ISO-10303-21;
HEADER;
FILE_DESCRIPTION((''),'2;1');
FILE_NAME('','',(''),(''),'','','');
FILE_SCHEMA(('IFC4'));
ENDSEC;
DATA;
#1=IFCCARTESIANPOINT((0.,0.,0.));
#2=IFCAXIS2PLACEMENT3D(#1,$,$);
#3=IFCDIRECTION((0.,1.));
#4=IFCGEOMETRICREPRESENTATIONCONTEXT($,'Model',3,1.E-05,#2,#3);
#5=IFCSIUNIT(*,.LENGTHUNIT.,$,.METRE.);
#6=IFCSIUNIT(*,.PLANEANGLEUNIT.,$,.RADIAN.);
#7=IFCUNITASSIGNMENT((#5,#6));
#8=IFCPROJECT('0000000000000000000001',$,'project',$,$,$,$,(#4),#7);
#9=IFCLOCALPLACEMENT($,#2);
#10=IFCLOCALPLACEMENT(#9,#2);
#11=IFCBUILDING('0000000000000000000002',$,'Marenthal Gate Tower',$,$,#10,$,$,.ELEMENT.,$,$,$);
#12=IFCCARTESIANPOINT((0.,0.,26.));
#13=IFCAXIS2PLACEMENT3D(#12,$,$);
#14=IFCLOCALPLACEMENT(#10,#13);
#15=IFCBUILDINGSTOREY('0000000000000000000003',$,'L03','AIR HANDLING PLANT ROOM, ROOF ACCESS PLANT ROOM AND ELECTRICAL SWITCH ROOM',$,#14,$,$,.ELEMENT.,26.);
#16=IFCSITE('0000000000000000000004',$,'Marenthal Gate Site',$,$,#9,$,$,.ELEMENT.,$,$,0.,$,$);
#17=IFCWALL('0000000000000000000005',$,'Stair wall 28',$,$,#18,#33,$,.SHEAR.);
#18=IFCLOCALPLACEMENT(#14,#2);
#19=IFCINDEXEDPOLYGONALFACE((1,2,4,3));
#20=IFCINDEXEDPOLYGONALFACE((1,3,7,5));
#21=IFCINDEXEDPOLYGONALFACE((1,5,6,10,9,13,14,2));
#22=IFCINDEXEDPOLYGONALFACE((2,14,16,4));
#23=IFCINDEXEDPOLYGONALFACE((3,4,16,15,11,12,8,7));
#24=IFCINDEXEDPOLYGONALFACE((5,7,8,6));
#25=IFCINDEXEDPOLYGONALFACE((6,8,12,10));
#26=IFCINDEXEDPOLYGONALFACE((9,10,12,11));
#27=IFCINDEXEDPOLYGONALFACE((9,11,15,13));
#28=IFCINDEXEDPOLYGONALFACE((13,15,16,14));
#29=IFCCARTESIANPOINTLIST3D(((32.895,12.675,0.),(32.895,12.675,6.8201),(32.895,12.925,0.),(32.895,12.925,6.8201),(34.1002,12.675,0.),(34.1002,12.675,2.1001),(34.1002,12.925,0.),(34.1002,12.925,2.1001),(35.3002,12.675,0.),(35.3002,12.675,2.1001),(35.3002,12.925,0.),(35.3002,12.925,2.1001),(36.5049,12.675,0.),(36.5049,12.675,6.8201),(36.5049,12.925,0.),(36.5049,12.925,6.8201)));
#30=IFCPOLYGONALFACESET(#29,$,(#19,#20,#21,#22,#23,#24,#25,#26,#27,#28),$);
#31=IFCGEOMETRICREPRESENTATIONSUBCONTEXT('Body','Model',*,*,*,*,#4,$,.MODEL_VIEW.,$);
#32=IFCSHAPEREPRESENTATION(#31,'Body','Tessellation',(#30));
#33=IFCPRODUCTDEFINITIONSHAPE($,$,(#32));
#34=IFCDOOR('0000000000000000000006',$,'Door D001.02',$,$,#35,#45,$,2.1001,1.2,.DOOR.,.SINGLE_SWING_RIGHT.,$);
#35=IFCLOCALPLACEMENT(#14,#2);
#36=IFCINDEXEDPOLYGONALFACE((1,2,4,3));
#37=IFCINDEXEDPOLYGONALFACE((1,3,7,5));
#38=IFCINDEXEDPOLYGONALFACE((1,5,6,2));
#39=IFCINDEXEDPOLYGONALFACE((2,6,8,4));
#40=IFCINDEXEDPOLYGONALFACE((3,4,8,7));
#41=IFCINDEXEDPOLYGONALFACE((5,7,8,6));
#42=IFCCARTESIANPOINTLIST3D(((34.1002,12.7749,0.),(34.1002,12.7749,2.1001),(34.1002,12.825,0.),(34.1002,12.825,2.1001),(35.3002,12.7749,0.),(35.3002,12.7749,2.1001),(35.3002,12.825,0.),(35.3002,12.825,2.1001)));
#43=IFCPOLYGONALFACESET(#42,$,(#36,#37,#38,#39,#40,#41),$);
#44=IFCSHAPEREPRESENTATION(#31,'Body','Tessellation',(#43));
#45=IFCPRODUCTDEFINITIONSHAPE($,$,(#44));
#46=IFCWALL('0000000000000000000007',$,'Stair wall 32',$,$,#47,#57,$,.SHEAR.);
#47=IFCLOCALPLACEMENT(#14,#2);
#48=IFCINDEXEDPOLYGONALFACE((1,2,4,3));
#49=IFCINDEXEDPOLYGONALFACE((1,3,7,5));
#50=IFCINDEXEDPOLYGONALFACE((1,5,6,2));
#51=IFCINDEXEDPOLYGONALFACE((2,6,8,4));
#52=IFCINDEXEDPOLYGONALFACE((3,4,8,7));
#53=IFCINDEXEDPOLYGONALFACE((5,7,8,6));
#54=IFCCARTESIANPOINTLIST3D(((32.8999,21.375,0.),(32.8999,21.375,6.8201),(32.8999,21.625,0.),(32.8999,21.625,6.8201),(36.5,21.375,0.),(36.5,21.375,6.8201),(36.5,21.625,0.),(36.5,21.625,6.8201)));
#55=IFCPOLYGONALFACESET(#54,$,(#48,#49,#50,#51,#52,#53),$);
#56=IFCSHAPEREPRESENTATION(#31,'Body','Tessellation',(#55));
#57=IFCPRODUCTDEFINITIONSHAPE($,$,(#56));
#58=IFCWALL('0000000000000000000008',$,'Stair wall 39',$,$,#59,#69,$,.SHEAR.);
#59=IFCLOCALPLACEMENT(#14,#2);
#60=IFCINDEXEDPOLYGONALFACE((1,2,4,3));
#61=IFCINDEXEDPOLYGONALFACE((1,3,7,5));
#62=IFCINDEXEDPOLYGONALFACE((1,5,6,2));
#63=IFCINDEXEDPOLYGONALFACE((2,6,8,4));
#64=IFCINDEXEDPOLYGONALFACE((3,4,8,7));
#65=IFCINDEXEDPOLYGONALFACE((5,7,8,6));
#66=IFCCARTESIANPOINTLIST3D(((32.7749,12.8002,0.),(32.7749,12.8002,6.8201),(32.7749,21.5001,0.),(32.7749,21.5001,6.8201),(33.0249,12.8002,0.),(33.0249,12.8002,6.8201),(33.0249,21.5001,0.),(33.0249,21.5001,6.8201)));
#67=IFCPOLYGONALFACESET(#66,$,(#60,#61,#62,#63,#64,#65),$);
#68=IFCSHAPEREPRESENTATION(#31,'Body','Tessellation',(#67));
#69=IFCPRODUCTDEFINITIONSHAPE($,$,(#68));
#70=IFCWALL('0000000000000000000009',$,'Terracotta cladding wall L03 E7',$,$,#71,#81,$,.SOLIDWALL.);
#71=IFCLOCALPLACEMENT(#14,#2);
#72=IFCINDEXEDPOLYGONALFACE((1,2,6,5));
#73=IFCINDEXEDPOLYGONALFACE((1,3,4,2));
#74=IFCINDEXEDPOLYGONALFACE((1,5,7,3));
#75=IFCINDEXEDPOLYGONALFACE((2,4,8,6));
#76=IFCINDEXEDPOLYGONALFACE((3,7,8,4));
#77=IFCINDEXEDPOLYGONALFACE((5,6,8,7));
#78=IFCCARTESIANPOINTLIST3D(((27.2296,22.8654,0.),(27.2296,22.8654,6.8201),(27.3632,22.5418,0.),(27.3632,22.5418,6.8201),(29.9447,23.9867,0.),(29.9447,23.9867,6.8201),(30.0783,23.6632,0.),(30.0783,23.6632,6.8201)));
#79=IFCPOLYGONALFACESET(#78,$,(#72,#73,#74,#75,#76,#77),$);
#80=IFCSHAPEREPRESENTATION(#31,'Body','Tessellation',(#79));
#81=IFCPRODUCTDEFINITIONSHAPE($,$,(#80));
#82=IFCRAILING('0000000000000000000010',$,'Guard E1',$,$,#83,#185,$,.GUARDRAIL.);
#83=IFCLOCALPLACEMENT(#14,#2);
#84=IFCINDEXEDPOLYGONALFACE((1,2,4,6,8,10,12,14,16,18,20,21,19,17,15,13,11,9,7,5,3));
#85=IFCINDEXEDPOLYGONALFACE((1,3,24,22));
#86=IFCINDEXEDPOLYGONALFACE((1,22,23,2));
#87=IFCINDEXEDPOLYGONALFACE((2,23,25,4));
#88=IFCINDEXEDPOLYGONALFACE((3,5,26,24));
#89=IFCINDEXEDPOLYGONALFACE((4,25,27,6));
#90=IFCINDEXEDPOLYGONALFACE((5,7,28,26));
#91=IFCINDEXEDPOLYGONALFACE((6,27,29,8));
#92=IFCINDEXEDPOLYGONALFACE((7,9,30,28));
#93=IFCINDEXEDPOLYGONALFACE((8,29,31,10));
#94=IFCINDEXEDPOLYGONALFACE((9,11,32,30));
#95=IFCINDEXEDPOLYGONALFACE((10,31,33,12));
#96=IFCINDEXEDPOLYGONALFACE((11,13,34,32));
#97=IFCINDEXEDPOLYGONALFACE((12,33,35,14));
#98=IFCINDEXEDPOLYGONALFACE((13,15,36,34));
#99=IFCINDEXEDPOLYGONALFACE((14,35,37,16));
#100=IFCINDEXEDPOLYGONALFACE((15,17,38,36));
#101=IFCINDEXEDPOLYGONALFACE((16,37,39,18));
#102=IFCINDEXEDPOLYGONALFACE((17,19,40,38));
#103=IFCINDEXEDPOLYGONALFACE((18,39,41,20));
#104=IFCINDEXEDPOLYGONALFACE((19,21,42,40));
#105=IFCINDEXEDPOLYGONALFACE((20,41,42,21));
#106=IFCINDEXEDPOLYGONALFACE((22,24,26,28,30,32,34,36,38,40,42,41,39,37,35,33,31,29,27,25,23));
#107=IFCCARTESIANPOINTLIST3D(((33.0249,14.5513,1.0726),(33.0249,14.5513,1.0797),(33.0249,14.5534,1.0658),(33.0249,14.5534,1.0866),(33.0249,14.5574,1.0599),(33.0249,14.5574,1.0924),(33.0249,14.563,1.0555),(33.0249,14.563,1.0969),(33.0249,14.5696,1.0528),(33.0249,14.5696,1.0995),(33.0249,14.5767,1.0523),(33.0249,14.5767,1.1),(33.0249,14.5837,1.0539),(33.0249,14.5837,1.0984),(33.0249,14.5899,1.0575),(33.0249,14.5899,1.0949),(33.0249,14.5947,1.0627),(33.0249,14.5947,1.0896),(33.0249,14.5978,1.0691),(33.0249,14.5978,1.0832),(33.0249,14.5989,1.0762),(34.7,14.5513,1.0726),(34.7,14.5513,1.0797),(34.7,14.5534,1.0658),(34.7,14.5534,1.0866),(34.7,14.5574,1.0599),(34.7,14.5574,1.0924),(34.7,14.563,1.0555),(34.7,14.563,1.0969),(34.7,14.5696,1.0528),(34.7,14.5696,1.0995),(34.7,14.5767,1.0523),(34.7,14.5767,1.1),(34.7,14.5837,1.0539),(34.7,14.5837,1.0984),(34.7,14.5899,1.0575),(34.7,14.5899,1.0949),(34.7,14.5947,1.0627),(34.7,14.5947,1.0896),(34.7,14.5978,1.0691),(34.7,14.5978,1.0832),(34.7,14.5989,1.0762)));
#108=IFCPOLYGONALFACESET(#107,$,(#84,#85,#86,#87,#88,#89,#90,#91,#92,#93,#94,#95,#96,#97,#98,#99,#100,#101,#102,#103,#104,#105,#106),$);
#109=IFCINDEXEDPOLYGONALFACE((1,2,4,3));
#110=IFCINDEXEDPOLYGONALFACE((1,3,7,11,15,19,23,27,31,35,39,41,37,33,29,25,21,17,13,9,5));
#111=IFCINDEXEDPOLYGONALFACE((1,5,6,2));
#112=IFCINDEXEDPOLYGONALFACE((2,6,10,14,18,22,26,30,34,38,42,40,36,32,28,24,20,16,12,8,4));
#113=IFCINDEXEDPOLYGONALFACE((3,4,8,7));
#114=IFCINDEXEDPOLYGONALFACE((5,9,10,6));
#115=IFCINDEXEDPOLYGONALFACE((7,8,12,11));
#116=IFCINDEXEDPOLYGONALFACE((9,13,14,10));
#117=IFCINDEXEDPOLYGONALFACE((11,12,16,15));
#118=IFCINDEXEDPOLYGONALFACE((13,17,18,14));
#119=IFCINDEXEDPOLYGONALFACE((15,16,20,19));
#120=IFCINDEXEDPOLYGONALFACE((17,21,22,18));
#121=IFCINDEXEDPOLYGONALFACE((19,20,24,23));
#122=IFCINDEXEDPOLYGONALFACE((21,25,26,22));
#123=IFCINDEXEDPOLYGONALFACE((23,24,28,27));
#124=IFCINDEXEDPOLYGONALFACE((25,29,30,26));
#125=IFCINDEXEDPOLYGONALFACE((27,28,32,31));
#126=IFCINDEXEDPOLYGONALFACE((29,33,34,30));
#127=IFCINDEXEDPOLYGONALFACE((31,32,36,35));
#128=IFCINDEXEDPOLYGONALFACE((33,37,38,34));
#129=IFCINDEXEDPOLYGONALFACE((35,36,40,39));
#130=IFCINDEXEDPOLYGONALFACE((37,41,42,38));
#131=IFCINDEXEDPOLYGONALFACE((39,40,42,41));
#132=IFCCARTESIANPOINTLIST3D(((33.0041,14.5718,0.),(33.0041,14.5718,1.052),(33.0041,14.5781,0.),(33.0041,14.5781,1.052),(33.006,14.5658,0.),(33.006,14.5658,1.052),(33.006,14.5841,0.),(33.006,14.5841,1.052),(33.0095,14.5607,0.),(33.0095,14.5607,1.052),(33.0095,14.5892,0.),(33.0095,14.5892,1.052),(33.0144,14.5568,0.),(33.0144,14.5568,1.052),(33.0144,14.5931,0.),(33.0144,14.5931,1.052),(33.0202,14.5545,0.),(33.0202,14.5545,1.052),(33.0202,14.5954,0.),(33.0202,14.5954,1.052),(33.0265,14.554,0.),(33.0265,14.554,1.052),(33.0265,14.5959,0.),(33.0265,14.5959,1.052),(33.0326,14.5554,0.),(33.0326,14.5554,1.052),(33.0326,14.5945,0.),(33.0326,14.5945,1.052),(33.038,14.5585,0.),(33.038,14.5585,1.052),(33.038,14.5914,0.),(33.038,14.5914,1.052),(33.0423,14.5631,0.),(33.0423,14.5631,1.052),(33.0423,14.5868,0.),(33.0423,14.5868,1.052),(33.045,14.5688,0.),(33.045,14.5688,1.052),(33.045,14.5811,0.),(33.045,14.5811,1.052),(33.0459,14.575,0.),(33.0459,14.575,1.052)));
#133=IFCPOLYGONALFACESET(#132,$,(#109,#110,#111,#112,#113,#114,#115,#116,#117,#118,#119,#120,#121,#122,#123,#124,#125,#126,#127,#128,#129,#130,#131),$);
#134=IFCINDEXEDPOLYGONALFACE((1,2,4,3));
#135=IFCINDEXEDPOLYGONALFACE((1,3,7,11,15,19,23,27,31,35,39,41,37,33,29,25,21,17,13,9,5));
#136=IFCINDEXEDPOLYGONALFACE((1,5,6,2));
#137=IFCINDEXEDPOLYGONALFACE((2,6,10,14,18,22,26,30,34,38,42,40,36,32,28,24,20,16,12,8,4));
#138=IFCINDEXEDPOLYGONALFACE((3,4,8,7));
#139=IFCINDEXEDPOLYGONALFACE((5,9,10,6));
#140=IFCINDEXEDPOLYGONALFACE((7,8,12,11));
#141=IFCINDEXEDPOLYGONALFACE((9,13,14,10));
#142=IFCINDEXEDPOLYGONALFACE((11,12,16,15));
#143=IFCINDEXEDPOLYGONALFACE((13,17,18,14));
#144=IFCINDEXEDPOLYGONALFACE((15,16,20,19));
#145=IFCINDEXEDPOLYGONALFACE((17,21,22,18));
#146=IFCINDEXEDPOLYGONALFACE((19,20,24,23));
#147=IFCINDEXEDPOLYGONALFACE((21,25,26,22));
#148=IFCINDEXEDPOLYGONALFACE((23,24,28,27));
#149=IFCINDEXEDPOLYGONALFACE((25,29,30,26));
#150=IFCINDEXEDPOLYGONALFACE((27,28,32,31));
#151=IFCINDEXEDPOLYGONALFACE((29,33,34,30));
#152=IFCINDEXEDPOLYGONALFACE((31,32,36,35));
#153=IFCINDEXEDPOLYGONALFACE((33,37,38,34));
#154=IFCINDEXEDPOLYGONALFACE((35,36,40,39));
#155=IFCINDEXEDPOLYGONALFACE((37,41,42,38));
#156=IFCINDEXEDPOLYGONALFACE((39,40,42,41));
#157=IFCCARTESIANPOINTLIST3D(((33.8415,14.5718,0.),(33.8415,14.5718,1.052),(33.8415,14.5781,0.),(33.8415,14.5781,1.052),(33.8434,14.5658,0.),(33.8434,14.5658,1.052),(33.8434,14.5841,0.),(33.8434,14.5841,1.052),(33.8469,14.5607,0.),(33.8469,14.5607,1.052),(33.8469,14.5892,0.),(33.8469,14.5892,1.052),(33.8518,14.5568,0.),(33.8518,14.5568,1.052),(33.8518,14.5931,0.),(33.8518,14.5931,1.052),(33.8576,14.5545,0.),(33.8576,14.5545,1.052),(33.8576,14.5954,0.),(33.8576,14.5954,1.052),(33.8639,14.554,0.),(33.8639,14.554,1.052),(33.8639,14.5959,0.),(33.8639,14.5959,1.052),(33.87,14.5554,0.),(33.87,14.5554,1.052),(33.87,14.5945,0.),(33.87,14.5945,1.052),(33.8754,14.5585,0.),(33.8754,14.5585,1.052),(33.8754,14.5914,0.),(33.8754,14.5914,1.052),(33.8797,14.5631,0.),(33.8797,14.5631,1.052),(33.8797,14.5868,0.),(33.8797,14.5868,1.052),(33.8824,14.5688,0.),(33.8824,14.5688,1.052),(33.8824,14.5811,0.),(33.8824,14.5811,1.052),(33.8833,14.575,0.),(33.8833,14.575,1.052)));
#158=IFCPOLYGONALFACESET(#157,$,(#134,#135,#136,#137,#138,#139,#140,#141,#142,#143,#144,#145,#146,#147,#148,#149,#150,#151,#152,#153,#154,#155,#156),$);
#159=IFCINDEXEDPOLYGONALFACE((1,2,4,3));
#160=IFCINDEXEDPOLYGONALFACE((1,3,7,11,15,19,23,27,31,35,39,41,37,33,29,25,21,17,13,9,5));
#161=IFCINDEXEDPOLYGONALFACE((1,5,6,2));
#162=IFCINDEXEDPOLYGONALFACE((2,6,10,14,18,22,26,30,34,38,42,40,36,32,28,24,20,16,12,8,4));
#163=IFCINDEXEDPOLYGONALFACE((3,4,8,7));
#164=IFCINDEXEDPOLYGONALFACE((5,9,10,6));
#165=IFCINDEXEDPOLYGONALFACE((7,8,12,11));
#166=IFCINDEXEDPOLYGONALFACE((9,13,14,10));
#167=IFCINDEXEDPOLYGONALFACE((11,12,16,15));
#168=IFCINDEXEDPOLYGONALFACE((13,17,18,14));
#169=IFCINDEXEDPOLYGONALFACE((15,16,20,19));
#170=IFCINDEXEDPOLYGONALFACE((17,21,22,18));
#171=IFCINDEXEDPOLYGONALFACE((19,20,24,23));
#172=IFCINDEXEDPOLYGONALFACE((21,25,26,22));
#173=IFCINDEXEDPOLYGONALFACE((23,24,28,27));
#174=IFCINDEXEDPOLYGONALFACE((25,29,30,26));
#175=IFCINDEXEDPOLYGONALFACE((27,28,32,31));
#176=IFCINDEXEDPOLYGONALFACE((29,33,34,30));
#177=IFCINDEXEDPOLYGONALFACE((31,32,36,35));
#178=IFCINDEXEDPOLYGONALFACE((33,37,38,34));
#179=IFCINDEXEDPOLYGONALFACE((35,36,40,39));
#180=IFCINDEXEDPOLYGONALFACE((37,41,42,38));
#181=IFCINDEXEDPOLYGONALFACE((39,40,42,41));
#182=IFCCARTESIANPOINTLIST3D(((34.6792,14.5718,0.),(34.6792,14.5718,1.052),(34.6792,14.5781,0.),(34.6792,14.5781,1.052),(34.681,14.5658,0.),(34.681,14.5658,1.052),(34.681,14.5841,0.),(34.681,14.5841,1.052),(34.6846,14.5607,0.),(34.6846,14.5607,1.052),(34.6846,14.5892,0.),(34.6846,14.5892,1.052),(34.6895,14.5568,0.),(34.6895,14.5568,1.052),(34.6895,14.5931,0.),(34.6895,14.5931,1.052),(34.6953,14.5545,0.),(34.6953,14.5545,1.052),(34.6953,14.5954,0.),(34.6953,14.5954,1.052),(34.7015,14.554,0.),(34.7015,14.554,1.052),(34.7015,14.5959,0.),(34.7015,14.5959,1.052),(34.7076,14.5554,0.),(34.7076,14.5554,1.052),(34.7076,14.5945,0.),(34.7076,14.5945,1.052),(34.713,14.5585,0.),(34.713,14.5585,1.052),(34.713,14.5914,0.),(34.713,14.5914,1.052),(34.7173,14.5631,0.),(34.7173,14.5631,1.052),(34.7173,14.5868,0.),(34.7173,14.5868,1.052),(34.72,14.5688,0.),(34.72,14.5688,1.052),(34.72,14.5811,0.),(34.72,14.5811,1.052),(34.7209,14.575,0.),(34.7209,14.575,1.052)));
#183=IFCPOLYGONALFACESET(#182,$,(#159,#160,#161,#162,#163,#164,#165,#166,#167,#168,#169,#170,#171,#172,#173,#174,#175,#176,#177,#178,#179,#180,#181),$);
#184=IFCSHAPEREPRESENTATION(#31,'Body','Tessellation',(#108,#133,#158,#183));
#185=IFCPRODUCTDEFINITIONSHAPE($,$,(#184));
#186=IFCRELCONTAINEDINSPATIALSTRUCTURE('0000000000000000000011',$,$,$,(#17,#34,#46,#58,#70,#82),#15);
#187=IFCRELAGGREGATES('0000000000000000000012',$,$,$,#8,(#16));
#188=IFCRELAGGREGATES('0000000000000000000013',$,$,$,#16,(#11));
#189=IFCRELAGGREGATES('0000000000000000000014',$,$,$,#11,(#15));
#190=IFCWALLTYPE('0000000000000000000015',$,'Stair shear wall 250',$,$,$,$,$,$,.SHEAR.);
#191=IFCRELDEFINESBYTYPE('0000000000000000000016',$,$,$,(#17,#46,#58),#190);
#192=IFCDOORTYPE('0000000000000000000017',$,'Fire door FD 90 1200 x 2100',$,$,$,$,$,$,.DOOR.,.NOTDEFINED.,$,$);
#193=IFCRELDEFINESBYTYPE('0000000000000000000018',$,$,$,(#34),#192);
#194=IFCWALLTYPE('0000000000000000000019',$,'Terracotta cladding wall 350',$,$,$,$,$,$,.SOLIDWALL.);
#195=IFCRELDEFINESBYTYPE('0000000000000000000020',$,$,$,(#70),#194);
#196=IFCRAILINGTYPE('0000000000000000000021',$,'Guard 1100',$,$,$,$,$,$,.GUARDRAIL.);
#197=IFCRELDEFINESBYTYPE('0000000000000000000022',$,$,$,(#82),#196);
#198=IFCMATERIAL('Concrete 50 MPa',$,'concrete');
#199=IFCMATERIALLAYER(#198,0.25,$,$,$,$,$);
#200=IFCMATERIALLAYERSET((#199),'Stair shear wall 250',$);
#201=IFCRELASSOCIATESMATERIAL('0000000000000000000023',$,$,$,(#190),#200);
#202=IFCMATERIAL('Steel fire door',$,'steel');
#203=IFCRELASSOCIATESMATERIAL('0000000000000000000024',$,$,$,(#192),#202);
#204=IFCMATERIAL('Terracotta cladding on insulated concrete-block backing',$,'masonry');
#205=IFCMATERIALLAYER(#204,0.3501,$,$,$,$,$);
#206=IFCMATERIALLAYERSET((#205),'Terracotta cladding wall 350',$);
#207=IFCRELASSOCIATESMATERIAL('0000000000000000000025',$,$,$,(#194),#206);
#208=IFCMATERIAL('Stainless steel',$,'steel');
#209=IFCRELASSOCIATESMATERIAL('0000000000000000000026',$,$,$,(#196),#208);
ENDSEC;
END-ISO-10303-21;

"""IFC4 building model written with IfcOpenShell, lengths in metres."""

from ifc_helpers import new_model, si_unit, direction, frame, frame_2d, origin, origin_2d, place, context, subcontext, project, spatial, rectangle, circle, extrude, material, layer, layer_set, type_object, element, fill, save


model = new_model("IFC4")

# Units and contexts
model_context = context("Model", 3, precision=1e-05, world=origin(), true_north=direction((0.0, 1.0)))
body_context = subcontext(model_context, "Body", "Model", "MODEL_VIEW")
ifc_project = project(units=[si_unit("LENGTHUNIT", "METRE"), si_unit("PLANEANGLEUNIT", "RADIAN")], contexts=[model_context])

# Site, building, storey
site_placement = place(None, origin())
site = spatial("IfcSite", under=ifc_project, at=site_placement, Name="Marenthal Gate Site", CompositionType="ELEMENT", RefElevation=0.0)
building_placement = place(site_placement, origin())
building = spatial("IfcBuilding", under=site, at=building_placement, Name="Marenthal Gate Tower", CompositionType="ELEMENT")
storey_placement = place(building_placement, frame((0.0, 0.0, 26.0)))
storey = spatial("IfcBuildingStorey", under=building, at=storey_placement, Name="L03", Description="AIR HANDLING PLANT ROOM, ROOF ACCESS PLANT ROOM AND ELECTRICAL SWITCH ROOM", CompositionType="ELEMENT", Elevation=26.0)

# Wall, opening, door
ifc_material_1 = material(Name="Concrete 50 MPa", Category="concrete")
ifc_layer_1 = layer(ifc_material_1, 0.25)
ifc_layer_set_1 = layer_set([ifc_layer_1], Name="Stair shear wall 250")
wall_type_1 = type_object("IfcWallType", Name="Stair shear wall 250", PredefinedType="SHEAR", material=ifc_layer_set_1)
wall_1_placement = place(storey_placement, frame((32.895, 12.8, 0.0), z_axis=(0.0, 0.0, 1.0), x_axis=(1.0, 0.0, 0.0)))
wall_1 = element("IfcWall", 1, at=wall_1_placement, inside=storey, type_object=wall_type_1, Name="Stair wall 28", PredefinedType="SHEAR", context=body_context, shape_type="SweptSolid", body=[
    extrude(rectangle(XDim=3.6099, YDim=0.25, at=frame_2d((1.8049, 0.0))), origin(), (0.0, 0.0, 1.0), 6.8201),
])
opening_1_placement = place(wall_1_placement, frame((1.2051, 0.0, 0.0)))
opening_1 = element("IfcOpeningElement", 2, at=opening_1_placement, cuts=wall_1, PredefinedType="OPENING", context=body_context, shape_type="SweptSolid", body=[
    extrude(rectangle(XDim=1.2, YDim=2.1001, at=frame_2d((0.6001, 1.05))), frame((0.0, 0.135, 0.0), z_axis=(0.0, -1.0, 0.0), x_axis=(1.0, 0.0, 0.0)), (0.0, 0.0, 1.0), 0.27),
])
ifc_material_2 = material(Name="Steel fire door", Category="steel")
door_type_1 = type_object("IfcDoorType", Name="Fire door FD 90 1200 x 2100", OperationType="NOTDEFINED", PredefinedType="DOOR", material=ifc_material_2)
door_1_placement = place(opening_1_placement, origin())
door_1 = element("IfcDoor", 3, at=door_1_placement, inside=storey, type_object=door_type_1, Name="Door D001.02", OperationType="SINGLE_SWING_RIGHT", OverallHeight=2.1001, OverallWidth=1.2, PredefinedType="DOOR", context=body_context, shape_type="SweptSolid", body=[
    extrude(rectangle(XDim=1.2, YDim=2.1001, at=frame_2d((0.6001, 1.05))), frame((0.0, 0.0249, 0.0), z_axis=(0.0, -1.0, 0.0), x_axis=(1.0, 0.0, 0.0)), (0.0, 0.0, 1.0), 0.05),
])
fill(opening_1, door_1)

# Walls
wall_2_placement = place(storey_placement, frame((32.8999, 21.5, 0.0), z_axis=(0.0, 0.0, 1.0), x_axis=(1.0, 0.0, 0.0)))
element("IfcWall", 4, at=wall_2_placement, inside=storey, type_object=wall_type_1, Name="Stair wall 32", PredefinedType="SHEAR", context=body_context, shape_type="SweptSolid", body=[
    extrude(rectangle(XDim=3.6001, YDim=0.25, at=frame_2d((1.8, 0.0))), origin(), (0.0, 0.0, 1.0), 6.8201),
])
wall_3_placement = place(storey_placement, frame((32.8999, 12.8, 0.0), z_axis=(0.0, 0.0, 1.0), x_axis=(0.0, 1.0, 0.0)))
element("IfcWall", 5, at=wall_3_placement, inside=storey, type_object=wall_type_1, Name="Stair wall 39", PredefinedType="SHEAR", context=body_context, shape_type="SweptSolid", body=[
    extrude(rectangle(XDim=8.7, YDim=0.25, at=frame_2d((4.3501, 0.0))), origin(), (0.0, 0.0, 1.0), 6.8201),
])
ifc_material_3 = material(Name="Terracotta cladding on insulated concrete-block backing", Category="masonry")
ifc_layer_2 = layer(ifc_material_3, 0.3501)
ifc_layer_set_2 = layer_set([ifc_layer_2], Name="Terracotta cladding wall 350")
wall_type_2 = type_object("IfcWallType", Name="Terracotta cladding wall 350", PredefinedType="SOLIDWALL", material=ifc_layer_set_2)
wall_4_placement = place(storey_placement, frame((30.0115, 23.825, 0.0), z_axis=(0.0, 0.0, 1.0), x_axis=(-0.924275, -0.381728, 0.0)))
element("IfcWall", 6, at=wall_4_placement, inside=storey, type_object=wall_type_2, Name="Terracotta cladding wall L03 E7", PredefinedType="SOLIDWALL", context=body_context, shape_type="SweptSolid", body=[
    extrude(rectangle(XDim=2.9375, YDim=0.3501, at=frame_2d((1.4688, 0.0))), origin(), (0.0, 0.0, 1.0), 6.8201),
])

# Railing
ifc_material_4 = material(Name="Stainless steel", Category="steel")
railing_type = type_object("IfcRailingType", Name="Guard 1100", PredefinedType="GUARDRAIL", material=ifc_material_4)
railing_placement = place(storey_placement, frame((33.0249, 14.575, 0.0)))
element("IfcRailing", 7, at=railing_placement, inside=storey, type_object=railing_type, Name="Guard E1", PredefinedType="GUARDRAIL", context=body_context, shape_type="SweptSolid", body=[
    extrude(circle(Radius=0.0239, at=origin_2d()), frame((0.0, 0.0, 1.0762), z_axis=(1.0, 0.0, 0.0), x_axis=(0.0, 1.0, 0.0)), (0.0, 0.0, 1.0), 1.675),
    extrude(circle(Radius=0.021, at=origin_2d()), origin(), (0.0, 0.0, 1.0), 1.052),
    extrude(circle(Radius=0.021, at=origin_2d()), frame((0.8374, 0.0, 0.0)), (0.0, 0.0, 1.0), 1.052),
    extrude(circle(Radius=0.021, at=origin_2d()), frame((1.675, 0.0, 0.0)), (0.0, 0.0, 1.0), 1.052),
])

save(model, "model.ifc")
